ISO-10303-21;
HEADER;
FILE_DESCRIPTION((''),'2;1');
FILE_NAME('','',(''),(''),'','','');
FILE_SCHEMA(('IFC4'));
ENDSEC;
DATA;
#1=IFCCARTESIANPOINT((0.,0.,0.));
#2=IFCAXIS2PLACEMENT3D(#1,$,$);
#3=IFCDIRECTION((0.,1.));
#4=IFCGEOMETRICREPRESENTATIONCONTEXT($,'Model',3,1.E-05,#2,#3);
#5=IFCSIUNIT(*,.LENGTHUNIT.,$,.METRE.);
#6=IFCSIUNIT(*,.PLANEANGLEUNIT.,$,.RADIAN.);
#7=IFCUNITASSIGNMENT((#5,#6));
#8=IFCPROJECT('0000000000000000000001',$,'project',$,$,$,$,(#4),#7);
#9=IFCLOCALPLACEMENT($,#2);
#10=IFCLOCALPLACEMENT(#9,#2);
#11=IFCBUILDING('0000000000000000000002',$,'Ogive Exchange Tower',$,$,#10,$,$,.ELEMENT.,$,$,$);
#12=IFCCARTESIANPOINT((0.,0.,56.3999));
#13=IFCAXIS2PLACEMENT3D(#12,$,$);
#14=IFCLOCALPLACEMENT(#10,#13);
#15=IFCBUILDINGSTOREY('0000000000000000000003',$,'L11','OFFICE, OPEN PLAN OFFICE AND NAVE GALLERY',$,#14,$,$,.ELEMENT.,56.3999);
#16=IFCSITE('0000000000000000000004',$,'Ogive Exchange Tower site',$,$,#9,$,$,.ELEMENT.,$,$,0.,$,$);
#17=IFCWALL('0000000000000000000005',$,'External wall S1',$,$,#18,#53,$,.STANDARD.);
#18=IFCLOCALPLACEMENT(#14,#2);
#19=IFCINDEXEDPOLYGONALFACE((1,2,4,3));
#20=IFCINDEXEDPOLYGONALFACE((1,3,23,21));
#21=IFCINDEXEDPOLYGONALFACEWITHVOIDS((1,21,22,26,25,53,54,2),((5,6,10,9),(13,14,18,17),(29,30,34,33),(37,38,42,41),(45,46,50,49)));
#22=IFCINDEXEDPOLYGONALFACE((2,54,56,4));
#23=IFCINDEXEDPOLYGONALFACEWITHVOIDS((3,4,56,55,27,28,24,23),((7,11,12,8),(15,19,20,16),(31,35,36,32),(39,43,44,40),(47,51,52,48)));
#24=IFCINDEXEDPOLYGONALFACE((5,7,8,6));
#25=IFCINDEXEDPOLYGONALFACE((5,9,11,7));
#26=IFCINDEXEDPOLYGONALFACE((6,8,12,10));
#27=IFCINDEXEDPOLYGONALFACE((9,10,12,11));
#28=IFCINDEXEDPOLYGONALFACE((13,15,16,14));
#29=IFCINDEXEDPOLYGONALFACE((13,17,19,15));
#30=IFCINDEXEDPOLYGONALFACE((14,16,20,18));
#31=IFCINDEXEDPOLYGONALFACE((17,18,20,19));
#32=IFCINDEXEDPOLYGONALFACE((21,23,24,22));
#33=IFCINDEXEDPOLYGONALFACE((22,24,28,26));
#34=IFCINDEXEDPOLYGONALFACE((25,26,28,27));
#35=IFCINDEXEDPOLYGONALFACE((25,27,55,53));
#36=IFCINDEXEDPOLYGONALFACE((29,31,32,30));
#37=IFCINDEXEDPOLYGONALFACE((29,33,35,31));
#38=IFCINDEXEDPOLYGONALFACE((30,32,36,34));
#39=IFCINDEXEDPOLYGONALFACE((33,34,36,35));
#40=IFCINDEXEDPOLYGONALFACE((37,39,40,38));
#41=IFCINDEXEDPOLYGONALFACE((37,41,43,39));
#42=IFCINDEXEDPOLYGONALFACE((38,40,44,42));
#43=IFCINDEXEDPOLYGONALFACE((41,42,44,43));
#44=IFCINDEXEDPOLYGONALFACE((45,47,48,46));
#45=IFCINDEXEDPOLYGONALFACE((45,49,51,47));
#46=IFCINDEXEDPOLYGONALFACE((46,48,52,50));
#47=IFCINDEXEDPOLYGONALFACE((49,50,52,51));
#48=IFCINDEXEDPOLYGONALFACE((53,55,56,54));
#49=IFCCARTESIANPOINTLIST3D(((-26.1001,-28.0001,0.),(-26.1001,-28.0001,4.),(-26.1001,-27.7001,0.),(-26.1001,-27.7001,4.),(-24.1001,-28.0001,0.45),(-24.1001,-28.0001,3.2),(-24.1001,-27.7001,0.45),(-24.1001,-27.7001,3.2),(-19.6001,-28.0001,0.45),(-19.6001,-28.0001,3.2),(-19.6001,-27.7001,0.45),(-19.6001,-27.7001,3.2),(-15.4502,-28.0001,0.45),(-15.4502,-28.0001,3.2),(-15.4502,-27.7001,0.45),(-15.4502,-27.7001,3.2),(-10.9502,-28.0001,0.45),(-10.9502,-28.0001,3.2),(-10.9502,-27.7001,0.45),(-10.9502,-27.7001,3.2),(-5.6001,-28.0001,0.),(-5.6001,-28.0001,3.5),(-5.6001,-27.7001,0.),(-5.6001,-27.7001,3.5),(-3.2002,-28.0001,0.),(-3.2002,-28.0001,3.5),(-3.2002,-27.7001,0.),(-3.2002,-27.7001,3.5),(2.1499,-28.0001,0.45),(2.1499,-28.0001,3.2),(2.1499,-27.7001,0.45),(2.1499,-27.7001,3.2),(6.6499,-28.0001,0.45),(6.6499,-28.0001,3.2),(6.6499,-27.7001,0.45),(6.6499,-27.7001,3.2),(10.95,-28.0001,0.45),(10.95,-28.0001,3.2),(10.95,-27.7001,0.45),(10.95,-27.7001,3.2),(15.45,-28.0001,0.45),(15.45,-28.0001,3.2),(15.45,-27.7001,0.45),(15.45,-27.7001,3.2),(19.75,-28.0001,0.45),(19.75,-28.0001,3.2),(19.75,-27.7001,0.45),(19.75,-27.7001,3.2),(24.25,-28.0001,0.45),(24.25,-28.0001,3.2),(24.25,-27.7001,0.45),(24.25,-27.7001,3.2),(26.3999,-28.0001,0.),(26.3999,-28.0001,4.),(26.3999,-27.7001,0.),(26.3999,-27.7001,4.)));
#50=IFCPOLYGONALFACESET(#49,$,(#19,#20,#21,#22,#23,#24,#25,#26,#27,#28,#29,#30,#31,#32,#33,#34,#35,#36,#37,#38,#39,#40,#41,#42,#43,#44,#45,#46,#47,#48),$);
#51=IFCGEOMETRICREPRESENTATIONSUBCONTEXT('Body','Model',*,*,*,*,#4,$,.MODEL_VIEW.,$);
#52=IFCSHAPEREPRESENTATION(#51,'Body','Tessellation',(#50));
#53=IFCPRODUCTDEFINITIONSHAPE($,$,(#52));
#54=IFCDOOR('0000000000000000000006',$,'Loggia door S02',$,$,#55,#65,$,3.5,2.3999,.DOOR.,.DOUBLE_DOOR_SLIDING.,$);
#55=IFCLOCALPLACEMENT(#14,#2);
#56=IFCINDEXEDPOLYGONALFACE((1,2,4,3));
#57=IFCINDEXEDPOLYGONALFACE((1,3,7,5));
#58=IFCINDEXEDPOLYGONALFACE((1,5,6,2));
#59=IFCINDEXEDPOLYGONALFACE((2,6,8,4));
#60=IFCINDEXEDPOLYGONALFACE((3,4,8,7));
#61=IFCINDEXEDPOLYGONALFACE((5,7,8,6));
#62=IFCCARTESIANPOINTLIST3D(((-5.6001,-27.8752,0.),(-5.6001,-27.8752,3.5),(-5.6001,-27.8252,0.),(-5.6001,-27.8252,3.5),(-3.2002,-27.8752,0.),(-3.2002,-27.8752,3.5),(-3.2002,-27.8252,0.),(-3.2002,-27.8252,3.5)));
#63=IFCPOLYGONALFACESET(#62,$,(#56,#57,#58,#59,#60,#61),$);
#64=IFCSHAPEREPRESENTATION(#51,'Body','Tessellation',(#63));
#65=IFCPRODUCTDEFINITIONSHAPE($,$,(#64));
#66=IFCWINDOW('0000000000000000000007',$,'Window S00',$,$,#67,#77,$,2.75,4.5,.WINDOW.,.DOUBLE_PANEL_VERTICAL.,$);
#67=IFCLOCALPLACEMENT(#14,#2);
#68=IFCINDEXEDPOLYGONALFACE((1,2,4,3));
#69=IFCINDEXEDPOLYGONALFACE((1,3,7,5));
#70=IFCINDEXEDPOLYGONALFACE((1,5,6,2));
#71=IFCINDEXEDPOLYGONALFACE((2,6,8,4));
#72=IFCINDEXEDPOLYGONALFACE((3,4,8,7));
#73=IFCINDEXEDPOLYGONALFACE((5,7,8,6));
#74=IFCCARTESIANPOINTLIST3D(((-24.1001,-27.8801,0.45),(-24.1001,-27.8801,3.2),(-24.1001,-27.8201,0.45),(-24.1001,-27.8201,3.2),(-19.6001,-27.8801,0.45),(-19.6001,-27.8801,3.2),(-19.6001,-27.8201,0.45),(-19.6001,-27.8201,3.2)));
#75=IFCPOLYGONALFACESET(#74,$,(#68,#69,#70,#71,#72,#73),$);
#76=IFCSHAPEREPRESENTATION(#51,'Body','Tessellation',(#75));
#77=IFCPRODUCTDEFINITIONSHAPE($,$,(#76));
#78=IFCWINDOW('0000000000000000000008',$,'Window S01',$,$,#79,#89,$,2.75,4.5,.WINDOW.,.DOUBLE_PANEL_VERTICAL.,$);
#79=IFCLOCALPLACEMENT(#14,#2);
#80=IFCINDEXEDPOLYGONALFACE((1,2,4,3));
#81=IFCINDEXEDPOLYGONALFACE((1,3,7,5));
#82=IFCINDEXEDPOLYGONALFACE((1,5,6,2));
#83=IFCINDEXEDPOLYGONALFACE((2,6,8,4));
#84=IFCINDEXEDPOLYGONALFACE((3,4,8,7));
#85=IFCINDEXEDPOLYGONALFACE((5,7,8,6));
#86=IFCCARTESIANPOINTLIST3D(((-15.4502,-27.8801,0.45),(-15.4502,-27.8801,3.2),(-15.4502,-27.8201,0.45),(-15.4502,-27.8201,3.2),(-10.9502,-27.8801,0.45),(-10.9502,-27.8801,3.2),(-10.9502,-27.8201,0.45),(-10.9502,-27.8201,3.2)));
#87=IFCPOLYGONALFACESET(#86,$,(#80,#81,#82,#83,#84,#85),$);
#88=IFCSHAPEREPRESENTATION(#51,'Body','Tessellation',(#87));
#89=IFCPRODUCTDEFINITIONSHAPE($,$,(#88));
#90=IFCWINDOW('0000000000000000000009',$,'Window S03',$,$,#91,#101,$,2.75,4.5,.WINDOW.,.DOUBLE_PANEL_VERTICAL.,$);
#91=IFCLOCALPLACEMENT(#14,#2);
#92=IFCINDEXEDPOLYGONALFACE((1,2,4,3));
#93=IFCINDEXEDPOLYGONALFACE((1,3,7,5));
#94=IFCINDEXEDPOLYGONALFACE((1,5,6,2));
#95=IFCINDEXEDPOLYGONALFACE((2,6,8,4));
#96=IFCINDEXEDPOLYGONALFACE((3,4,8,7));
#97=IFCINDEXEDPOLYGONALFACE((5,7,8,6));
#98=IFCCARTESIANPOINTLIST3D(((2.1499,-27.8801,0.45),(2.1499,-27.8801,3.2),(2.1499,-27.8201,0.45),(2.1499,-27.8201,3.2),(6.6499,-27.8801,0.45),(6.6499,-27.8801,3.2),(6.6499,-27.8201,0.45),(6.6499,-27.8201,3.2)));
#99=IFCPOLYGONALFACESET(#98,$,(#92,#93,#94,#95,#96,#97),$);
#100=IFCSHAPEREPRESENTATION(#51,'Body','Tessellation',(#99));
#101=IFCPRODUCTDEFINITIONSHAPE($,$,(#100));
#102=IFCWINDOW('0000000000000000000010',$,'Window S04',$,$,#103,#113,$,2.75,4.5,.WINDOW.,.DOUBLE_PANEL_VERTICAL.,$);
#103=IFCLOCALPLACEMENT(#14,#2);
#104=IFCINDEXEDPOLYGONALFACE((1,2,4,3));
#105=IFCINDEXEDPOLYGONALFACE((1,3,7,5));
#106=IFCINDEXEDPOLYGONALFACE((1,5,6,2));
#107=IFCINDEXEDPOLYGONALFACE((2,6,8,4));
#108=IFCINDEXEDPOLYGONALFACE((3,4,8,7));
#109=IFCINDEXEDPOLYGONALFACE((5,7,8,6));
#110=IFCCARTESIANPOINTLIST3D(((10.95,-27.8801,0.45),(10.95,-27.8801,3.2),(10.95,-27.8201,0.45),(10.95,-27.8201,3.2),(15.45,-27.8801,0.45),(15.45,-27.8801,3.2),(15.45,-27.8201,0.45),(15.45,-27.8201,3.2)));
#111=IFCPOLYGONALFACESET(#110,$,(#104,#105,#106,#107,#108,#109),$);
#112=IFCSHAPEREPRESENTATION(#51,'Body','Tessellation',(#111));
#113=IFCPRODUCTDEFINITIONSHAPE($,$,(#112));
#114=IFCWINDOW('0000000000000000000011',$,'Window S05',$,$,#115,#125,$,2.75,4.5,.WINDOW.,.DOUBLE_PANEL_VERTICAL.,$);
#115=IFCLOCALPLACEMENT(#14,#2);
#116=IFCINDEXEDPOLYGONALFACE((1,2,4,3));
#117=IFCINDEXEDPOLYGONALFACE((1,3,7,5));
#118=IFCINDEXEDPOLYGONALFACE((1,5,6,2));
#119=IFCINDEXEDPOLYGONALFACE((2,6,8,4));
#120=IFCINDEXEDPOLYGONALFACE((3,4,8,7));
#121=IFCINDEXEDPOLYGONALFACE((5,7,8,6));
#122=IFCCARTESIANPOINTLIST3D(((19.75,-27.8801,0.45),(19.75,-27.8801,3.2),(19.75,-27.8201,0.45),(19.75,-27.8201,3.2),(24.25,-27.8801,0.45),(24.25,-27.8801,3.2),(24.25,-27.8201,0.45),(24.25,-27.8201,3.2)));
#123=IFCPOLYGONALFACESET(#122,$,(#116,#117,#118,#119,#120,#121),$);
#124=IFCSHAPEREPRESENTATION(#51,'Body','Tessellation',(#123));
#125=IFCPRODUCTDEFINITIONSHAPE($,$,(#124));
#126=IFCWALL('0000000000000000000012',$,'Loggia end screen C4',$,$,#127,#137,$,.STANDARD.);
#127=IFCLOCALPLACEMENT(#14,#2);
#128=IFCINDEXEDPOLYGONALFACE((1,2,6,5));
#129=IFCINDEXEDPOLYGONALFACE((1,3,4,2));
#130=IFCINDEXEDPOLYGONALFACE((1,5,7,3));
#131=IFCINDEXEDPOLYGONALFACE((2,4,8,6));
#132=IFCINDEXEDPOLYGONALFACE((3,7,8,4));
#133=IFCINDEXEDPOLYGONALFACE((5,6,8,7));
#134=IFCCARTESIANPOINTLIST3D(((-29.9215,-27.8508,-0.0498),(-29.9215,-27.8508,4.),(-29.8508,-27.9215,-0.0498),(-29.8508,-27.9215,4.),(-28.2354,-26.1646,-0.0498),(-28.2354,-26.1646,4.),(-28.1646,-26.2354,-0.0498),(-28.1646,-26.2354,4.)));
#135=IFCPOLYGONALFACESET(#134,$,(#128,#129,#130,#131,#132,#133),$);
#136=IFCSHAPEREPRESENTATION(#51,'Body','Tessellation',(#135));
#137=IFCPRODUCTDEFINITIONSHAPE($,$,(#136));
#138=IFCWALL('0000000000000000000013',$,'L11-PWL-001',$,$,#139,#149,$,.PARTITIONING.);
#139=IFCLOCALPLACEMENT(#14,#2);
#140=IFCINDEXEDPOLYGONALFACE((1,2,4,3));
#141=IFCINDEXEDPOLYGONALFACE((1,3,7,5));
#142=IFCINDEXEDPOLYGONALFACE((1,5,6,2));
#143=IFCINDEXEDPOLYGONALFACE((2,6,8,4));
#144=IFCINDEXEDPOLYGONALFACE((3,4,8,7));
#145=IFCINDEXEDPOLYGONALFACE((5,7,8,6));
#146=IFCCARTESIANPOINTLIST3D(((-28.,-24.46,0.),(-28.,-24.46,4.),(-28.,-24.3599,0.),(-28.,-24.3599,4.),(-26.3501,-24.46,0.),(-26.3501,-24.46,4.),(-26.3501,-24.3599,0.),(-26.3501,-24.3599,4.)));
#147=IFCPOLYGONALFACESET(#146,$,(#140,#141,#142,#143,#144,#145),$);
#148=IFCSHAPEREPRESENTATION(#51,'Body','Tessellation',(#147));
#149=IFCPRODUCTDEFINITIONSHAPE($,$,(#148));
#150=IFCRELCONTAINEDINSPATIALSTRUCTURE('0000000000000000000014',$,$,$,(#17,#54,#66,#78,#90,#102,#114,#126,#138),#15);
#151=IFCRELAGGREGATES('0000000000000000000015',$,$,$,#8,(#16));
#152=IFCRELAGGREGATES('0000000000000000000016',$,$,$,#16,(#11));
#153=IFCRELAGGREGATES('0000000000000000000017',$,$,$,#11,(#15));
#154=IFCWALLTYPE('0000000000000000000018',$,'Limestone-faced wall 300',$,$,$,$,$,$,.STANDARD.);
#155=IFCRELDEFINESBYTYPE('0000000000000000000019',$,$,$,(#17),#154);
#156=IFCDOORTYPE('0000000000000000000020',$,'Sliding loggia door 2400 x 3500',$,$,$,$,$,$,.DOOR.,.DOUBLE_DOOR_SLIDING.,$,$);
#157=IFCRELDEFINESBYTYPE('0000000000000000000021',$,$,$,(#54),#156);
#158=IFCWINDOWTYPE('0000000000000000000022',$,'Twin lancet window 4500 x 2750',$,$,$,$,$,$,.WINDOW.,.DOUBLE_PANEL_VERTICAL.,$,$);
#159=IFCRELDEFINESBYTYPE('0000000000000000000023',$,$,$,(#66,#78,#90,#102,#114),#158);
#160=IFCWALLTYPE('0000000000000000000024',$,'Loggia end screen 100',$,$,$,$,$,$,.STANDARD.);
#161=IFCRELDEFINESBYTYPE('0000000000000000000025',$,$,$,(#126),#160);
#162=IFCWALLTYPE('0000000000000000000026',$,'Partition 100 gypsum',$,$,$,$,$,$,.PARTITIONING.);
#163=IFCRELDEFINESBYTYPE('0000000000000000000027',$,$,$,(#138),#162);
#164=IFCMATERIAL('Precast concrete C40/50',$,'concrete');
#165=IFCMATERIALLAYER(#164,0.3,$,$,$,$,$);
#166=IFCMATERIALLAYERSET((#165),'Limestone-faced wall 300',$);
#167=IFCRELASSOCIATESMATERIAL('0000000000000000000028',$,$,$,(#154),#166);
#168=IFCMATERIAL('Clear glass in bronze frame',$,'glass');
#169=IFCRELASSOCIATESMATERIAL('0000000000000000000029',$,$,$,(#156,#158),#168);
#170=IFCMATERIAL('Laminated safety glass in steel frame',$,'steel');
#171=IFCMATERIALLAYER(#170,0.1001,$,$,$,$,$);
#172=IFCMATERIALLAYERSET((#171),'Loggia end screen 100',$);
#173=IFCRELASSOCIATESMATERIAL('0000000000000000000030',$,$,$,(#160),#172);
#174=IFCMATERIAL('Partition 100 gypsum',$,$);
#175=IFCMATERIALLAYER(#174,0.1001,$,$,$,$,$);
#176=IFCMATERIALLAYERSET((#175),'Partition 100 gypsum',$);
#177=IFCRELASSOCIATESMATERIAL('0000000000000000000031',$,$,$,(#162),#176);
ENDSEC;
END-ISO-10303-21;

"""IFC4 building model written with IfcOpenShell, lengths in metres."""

from ifc_helpers import new_model, si_unit, direction, frame, frame_2d, origin, place, context, subcontext, project, spatial, rectangle, extrude, material, layer, layer_set, type_object, element, fill, save


model = new_model("IFC4")

# Units and contexts
model_context = context("Model", 3, precision=1e-05, world=origin(), true_north=direction((0.0, 1.0)))
body_context = subcontext(model_context, "Body", "Model", "MODEL_VIEW")
ifc_project = project(units=[si_unit("LENGTHUNIT", "METRE"), si_unit("PLANEANGLEUNIT", "RADIAN")], contexts=[model_context])

# Site, building, storey
site_placement = place(None, origin())
site = spatial("IfcSite", under=ifc_project, at=site_placement, Name="Ogive Exchange Tower site", CompositionType="ELEMENT", RefElevation=0.0)
building_placement = place(site_placement, origin())
building = spatial("IfcBuilding", under=site, at=building_placement, Name="Ogive Exchange Tower", CompositionType="ELEMENT")
storey_placement = place(building_placement, frame((0.0, 0.0, 56.3999)))
storey = spatial("IfcBuildingStorey", under=building, at=storey_placement, Name="L11", Description="OFFICE, OPEN PLAN OFFICE AND NAVE GALLERY", CompositionType="ELEMENT", Elevation=56.3999)

# Wall, openings, door, windows
ifc_material_1 = material(Name="Precast concrete C40/50", Category="concrete")
ifc_layer_1 = layer(ifc_material_1, 0.3)
ifc_layer_set_1 = layer_set([ifc_layer_1], Name="Limestone-faced wall 300")
wall_type_1 = type_object("IfcWallType", Name="Limestone-faced wall 300", PredefinedType="STANDARD", material=ifc_layer_set_1)
wall_1_placement = place(storey_placement, frame((-26.1001, -27.8501, 0.0), z_axis=(0.0, 0.0, 1.0), x_axis=(1.0, 0.0, 0.0)))
wall_1 = element("IfcWall", 1, at=wall_1_placement, inside=storey, type_object=wall_type_1, Name="External wall S1", PredefinedType="STANDARD", context=body_context, shape_type="SweptSolid", body=[
    extrude(rectangle(XDim=52.5, YDim=0.3, at=frame_2d((26.25, 0.0))), origin(), (0.0, 0.0, 1.0), 4.0),
])
opening_1_placement = place(wall_1_placement, frame((2.0, 0.0, 0.45)))
opening_1 = element("IfcOpeningElement", 2, at=opening_1_placement, cuts=wall_1, PredefinedType="OPENING", context=body_context, shape_type="SweptSolid", body=[
    extrude(rectangle(XDim=4.5, YDim=2.75, at=frame_2d((2.25, 1.375))), frame((0.0, 0.1599, 0.0), z_axis=(0.0, -1.0, 0.0), x_axis=(1.0, 0.0, 0.0)), (0.0, 0.0, 1.0), 0.3201),
])
opening_2_placement = place(wall_1_placement, frame((10.6499, 0.0, 0.45)))
opening_2 = element("IfcOpeningElement", 3, at=opening_2_placement, cuts=wall_1, PredefinedType="OPENING", context=body_context, shape_type="SweptSolid", body=[
    extrude(rectangle(XDim=4.5, YDim=2.75, at=frame_2d((2.25, 1.375))), frame((0.0, 0.1599, 0.0), z_axis=(0.0, -1.0, 0.0), x_axis=(1.0, 0.0, 0.0)), (0.0, 0.0, 1.0), 0.3201),
])
opening_3_placement = place(wall_1_placement, frame((20.5, 0.0, 0.0)))
opening_3 = element("IfcOpeningElement", 4, at=opening_3_placement, cuts=wall_1, PredefinedType="OPENING", context=body_context, shape_type="SweptSolid", body=[
    extrude(rectangle(XDim=2.3999, YDim=3.5, at=frame_2d((1.2, 1.75))), frame((0.0, 0.1599, 0.0), z_axis=(0.0, -1.0, 0.0), x_axis=(1.0, 0.0, 0.0)), (0.0, 0.0, 1.0), 0.3201),
])
opening_4_placement = place(wall_1_placement, frame((28.25, 0.0, 0.45)))
opening_4 = element("IfcOpeningElement", 5, at=opening_4_placement, cuts=wall_1, PredefinedType="OPENING", context=body_context, shape_type="SweptSolid", body=[
    extrude(rectangle(XDim=4.5, YDim=2.75, at=frame_2d((2.25, 1.375))), frame((0.0, 0.1599, 0.0), z_axis=(0.0, -1.0, 0.0), x_axis=(1.0, 0.0, 0.0)), (0.0, 0.0, 1.0), 0.3201),
])
opening_5_placement = place(wall_1_placement, frame((37.05, 0.0, 0.45)))
opening_5 = element("IfcOpeningElement", 6, at=opening_5_placement, cuts=wall_1, PredefinedType="OPENING", context=body_context, shape_type="SweptSolid", body=[
    extrude(rectangle(XDim=4.5, YDim=2.75, at=frame_2d((2.25, 1.375))), frame((0.0, 0.1599, 0.0), z_axis=(0.0, -1.0, 0.0), x_axis=(1.0, 0.0, 0.0)), (0.0, 0.0, 1.0), 0.3201),
])
opening_6_placement = place(wall_1_placement, frame((45.8501, 0.0, 0.45)))
opening_6 = element("IfcOpeningElement", 7, at=opening_6_placement, cuts=wall_1, PredefinedType="OPENING", context=body_context, shape_type="SweptSolid", body=[
    extrude(rectangle(XDim=4.5, YDim=2.75, at=frame_2d((2.25, 1.375))), frame((0.0, 0.1599, 0.0), z_axis=(0.0, -1.0, 0.0), x_axis=(1.0, 0.0, 0.0)), (0.0, 0.0, 1.0), 0.3201),
])
ifc_material_2 = material(Name="Clear glass in bronze frame", Category="glass")
door_type_1 = type_object("IfcDoorType", Name="Sliding loggia door 2400 x 3500", OperationType="DOUBLE_DOOR_SLIDING", PredefinedType="DOOR", material=ifc_material_2)
door_1_placement = place(opening_3_placement, origin())
door_1 = element("IfcDoor", 8, at=door_1_placement, inside=storey, type_object=door_type_1, Name="Loggia door S02", OperationType="DOUBLE_DOOR_SLIDING", OverallHeight=3.5, OverallWidth=2.3999, PredefinedType="DOOR", context=body_context, shape_type="SweptSolid", body=[
    extrude(rectangle(XDim=2.3999, YDim=3.5, at=frame_2d((1.2, 1.75))), frame((0.0, 0.0249, 0.0), z_axis=(0.0, -1.0, 0.0), x_axis=(1.0, 0.0, 0.0)), (0.0, 0.0, 1.0), 0.05),
])
fill(opening_3, door_1)
window_type = type_object("IfcWindowType", Name="Twin lancet window 4500 x 2750", PartitioningType="DOUBLE_PANEL_VERTICAL", PredefinedType="WINDOW", material=ifc_material_2)
window_1_placement = place(opening_1_placement, origin())
window_1 = element("IfcWindow", 9, at=window_1_placement, inside=storey, type_object=window_type, Name="Window S00", OverallHeight=2.75, OverallWidth=4.5, PartitioningType="DOUBLE_PANEL_VERTICAL", PredefinedType="WINDOW", context=body_context, shape_type="SweptSolid", body=[
    extrude(rectangle(XDim=4.5, YDim=2.75, at=frame_2d((2.25, 1.375))), frame((0.0, 0.03, 0.0), z_axis=(0.0, -1.0, 0.0), x_axis=(1.0, 0.0, 0.0)), (0.0, 0.0, 1.0), 0.0601),
])
fill(opening_1, window_1)
window_2_placement = place(opening_2_placement, origin())
window_2 = element("IfcWindow", 10, at=window_2_placement, inside=storey, type_object=window_type, Name="Window S01", OverallHeight=2.75, OverallWidth=4.5, PartitioningType="DOUBLE_PANEL_VERTICAL", PredefinedType="WINDOW", context=body_context, shape_type="SweptSolid", body=[
    extrude(rectangle(XDim=4.5, YDim=2.75, at=frame_2d((2.25, 1.375))), frame((0.0, 0.03, 0.0), z_axis=(0.0, -1.0, 0.0), x_axis=(1.0, 0.0, 0.0)), (0.0, 0.0, 1.0), 0.0601),
])
fill(opening_2, window_2)
window_3_placement = place(opening_4_placement, origin())
window_3 = element("IfcWindow", 11, at=window_3_placement, inside=storey, type_object=window_type, Name="Window S03", OverallHeight=2.75, OverallWidth=4.5, PartitioningType="DOUBLE_PANEL_VERTICAL", PredefinedType="WINDOW", context=body_context, shape_type="SweptSolid", body=[
    extrude(rectangle(XDim=4.5, YDim=2.75, at=frame_2d((2.25, 1.375))), frame((0.0, 0.03, 0.0), z_axis=(0.0, -1.0, 0.0), x_axis=(1.0, 0.0, 0.0)), (0.0, 0.0, 1.0), 0.0601),
])
fill(opening_4, window_3)
window_4_placement = place(opening_5_placement, origin())
window_4 = element("IfcWindow", 12, at=window_4_placement, inside=storey, type_object=window_type, Name="Window S04", OverallHeight=2.75, OverallWidth=4.5, PartitioningType="DOUBLE_PANEL_VERTICAL", PredefinedType="WINDOW", context=body_context, shape_type="SweptSolid", body=[
    extrude(rectangle(XDim=4.5, YDim=2.75, at=frame_2d((2.25, 1.375))), frame((0.0, 0.03, 0.0), z_axis=(0.0, -1.0, 0.0), x_axis=(1.0, 0.0, 0.0)), (0.0, 0.0, 1.0), 0.0601),
])
fill(opening_5, window_4)
window_5_placement = place(opening_6_placement, origin())
window_5 = element("IfcWindow", 13, at=window_5_placement, inside=storey, type_object=window_type, Name="Window S05", OverallHeight=2.75, OverallWidth=4.5, PartitioningType="DOUBLE_PANEL_VERTICAL", PredefinedType="WINDOW", context=body_context, shape_type="SweptSolid", body=[
    extrude(rectangle(XDim=4.5, YDim=2.75, at=frame_2d((2.25, 1.375))), frame((0.0, 0.03, 0.0), z_axis=(0.0, -1.0, 0.0), x_axis=(1.0, 0.0, 0.0)), (0.0, 0.0, 1.0), 0.0601),
])
fill(opening_6, window_5)

# Walls
ifc_material_3 = material(Name="Laminated safety glass in steel frame", Category="steel")
ifc_layer_2 = layer(ifc_material_3, 0.1001)
ifc_layer_set_2 = layer_set([ifc_layer_2], Name="Loggia end screen 100")
wall_type_2 = type_object("IfcWallType", Name="Loggia end screen 100", PredefinedType="STANDARD", material=ifc_layer_set_2)
wall_2_placement = place(storey_placement, frame((-28.2, -26.2, -0.0498), z_axis=(0.0, 0.0, 1.0), x_axis=(-0.707107, -0.707107, 0.0)))
element("IfcWall", 14, at=wall_2_placement, inside=storey, type_object=wall_type_2, Name="Loggia end screen C4", PredefinedType="STANDARD", context=body_context, shape_type="SweptSolid", body=[
    extrude(rectangle(XDim=2.3845, YDim=0.1001, at=frame_2d((1.1924, 0.0))), origin(), (0.0, 0.0, 1.0), 4.0498),
])
ifc_material_4 = material(Name="Partition 100 gypsum")
ifc_layer_3 = layer(ifc_material_4, 0.1001)
ifc_layer_set_3 = layer_set([ifc_layer_3], Name="Partition 100 gypsum")
wall_type_3 = type_object("IfcWallType", Name="Partition 100 gypsum", PredefinedType="PARTITIONING", material=ifc_layer_set_3)
wall_3_placement = place(storey_placement, frame((-28.0, -24.4099, 0.0), z_axis=(0.0, 0.0, 1.0), x_axis=(1.0, 0.0, 0.0)))
element("IfcWall", 15, at=wall_3_placement, inside=storey, type_object=wall_type_3, Name="L11-PWL-001", PredefinedType="PARTITIONING", context=body_context, shape_type="SweptSolid", body=[
    extrude(rectangle(XDim=1.6499, YDim=0.1001, at=frame_2d((0.825, 0.0))), origin(), (0.0, 0.0, 1.0), 4.0),
])

save(model, "model.ifc")
